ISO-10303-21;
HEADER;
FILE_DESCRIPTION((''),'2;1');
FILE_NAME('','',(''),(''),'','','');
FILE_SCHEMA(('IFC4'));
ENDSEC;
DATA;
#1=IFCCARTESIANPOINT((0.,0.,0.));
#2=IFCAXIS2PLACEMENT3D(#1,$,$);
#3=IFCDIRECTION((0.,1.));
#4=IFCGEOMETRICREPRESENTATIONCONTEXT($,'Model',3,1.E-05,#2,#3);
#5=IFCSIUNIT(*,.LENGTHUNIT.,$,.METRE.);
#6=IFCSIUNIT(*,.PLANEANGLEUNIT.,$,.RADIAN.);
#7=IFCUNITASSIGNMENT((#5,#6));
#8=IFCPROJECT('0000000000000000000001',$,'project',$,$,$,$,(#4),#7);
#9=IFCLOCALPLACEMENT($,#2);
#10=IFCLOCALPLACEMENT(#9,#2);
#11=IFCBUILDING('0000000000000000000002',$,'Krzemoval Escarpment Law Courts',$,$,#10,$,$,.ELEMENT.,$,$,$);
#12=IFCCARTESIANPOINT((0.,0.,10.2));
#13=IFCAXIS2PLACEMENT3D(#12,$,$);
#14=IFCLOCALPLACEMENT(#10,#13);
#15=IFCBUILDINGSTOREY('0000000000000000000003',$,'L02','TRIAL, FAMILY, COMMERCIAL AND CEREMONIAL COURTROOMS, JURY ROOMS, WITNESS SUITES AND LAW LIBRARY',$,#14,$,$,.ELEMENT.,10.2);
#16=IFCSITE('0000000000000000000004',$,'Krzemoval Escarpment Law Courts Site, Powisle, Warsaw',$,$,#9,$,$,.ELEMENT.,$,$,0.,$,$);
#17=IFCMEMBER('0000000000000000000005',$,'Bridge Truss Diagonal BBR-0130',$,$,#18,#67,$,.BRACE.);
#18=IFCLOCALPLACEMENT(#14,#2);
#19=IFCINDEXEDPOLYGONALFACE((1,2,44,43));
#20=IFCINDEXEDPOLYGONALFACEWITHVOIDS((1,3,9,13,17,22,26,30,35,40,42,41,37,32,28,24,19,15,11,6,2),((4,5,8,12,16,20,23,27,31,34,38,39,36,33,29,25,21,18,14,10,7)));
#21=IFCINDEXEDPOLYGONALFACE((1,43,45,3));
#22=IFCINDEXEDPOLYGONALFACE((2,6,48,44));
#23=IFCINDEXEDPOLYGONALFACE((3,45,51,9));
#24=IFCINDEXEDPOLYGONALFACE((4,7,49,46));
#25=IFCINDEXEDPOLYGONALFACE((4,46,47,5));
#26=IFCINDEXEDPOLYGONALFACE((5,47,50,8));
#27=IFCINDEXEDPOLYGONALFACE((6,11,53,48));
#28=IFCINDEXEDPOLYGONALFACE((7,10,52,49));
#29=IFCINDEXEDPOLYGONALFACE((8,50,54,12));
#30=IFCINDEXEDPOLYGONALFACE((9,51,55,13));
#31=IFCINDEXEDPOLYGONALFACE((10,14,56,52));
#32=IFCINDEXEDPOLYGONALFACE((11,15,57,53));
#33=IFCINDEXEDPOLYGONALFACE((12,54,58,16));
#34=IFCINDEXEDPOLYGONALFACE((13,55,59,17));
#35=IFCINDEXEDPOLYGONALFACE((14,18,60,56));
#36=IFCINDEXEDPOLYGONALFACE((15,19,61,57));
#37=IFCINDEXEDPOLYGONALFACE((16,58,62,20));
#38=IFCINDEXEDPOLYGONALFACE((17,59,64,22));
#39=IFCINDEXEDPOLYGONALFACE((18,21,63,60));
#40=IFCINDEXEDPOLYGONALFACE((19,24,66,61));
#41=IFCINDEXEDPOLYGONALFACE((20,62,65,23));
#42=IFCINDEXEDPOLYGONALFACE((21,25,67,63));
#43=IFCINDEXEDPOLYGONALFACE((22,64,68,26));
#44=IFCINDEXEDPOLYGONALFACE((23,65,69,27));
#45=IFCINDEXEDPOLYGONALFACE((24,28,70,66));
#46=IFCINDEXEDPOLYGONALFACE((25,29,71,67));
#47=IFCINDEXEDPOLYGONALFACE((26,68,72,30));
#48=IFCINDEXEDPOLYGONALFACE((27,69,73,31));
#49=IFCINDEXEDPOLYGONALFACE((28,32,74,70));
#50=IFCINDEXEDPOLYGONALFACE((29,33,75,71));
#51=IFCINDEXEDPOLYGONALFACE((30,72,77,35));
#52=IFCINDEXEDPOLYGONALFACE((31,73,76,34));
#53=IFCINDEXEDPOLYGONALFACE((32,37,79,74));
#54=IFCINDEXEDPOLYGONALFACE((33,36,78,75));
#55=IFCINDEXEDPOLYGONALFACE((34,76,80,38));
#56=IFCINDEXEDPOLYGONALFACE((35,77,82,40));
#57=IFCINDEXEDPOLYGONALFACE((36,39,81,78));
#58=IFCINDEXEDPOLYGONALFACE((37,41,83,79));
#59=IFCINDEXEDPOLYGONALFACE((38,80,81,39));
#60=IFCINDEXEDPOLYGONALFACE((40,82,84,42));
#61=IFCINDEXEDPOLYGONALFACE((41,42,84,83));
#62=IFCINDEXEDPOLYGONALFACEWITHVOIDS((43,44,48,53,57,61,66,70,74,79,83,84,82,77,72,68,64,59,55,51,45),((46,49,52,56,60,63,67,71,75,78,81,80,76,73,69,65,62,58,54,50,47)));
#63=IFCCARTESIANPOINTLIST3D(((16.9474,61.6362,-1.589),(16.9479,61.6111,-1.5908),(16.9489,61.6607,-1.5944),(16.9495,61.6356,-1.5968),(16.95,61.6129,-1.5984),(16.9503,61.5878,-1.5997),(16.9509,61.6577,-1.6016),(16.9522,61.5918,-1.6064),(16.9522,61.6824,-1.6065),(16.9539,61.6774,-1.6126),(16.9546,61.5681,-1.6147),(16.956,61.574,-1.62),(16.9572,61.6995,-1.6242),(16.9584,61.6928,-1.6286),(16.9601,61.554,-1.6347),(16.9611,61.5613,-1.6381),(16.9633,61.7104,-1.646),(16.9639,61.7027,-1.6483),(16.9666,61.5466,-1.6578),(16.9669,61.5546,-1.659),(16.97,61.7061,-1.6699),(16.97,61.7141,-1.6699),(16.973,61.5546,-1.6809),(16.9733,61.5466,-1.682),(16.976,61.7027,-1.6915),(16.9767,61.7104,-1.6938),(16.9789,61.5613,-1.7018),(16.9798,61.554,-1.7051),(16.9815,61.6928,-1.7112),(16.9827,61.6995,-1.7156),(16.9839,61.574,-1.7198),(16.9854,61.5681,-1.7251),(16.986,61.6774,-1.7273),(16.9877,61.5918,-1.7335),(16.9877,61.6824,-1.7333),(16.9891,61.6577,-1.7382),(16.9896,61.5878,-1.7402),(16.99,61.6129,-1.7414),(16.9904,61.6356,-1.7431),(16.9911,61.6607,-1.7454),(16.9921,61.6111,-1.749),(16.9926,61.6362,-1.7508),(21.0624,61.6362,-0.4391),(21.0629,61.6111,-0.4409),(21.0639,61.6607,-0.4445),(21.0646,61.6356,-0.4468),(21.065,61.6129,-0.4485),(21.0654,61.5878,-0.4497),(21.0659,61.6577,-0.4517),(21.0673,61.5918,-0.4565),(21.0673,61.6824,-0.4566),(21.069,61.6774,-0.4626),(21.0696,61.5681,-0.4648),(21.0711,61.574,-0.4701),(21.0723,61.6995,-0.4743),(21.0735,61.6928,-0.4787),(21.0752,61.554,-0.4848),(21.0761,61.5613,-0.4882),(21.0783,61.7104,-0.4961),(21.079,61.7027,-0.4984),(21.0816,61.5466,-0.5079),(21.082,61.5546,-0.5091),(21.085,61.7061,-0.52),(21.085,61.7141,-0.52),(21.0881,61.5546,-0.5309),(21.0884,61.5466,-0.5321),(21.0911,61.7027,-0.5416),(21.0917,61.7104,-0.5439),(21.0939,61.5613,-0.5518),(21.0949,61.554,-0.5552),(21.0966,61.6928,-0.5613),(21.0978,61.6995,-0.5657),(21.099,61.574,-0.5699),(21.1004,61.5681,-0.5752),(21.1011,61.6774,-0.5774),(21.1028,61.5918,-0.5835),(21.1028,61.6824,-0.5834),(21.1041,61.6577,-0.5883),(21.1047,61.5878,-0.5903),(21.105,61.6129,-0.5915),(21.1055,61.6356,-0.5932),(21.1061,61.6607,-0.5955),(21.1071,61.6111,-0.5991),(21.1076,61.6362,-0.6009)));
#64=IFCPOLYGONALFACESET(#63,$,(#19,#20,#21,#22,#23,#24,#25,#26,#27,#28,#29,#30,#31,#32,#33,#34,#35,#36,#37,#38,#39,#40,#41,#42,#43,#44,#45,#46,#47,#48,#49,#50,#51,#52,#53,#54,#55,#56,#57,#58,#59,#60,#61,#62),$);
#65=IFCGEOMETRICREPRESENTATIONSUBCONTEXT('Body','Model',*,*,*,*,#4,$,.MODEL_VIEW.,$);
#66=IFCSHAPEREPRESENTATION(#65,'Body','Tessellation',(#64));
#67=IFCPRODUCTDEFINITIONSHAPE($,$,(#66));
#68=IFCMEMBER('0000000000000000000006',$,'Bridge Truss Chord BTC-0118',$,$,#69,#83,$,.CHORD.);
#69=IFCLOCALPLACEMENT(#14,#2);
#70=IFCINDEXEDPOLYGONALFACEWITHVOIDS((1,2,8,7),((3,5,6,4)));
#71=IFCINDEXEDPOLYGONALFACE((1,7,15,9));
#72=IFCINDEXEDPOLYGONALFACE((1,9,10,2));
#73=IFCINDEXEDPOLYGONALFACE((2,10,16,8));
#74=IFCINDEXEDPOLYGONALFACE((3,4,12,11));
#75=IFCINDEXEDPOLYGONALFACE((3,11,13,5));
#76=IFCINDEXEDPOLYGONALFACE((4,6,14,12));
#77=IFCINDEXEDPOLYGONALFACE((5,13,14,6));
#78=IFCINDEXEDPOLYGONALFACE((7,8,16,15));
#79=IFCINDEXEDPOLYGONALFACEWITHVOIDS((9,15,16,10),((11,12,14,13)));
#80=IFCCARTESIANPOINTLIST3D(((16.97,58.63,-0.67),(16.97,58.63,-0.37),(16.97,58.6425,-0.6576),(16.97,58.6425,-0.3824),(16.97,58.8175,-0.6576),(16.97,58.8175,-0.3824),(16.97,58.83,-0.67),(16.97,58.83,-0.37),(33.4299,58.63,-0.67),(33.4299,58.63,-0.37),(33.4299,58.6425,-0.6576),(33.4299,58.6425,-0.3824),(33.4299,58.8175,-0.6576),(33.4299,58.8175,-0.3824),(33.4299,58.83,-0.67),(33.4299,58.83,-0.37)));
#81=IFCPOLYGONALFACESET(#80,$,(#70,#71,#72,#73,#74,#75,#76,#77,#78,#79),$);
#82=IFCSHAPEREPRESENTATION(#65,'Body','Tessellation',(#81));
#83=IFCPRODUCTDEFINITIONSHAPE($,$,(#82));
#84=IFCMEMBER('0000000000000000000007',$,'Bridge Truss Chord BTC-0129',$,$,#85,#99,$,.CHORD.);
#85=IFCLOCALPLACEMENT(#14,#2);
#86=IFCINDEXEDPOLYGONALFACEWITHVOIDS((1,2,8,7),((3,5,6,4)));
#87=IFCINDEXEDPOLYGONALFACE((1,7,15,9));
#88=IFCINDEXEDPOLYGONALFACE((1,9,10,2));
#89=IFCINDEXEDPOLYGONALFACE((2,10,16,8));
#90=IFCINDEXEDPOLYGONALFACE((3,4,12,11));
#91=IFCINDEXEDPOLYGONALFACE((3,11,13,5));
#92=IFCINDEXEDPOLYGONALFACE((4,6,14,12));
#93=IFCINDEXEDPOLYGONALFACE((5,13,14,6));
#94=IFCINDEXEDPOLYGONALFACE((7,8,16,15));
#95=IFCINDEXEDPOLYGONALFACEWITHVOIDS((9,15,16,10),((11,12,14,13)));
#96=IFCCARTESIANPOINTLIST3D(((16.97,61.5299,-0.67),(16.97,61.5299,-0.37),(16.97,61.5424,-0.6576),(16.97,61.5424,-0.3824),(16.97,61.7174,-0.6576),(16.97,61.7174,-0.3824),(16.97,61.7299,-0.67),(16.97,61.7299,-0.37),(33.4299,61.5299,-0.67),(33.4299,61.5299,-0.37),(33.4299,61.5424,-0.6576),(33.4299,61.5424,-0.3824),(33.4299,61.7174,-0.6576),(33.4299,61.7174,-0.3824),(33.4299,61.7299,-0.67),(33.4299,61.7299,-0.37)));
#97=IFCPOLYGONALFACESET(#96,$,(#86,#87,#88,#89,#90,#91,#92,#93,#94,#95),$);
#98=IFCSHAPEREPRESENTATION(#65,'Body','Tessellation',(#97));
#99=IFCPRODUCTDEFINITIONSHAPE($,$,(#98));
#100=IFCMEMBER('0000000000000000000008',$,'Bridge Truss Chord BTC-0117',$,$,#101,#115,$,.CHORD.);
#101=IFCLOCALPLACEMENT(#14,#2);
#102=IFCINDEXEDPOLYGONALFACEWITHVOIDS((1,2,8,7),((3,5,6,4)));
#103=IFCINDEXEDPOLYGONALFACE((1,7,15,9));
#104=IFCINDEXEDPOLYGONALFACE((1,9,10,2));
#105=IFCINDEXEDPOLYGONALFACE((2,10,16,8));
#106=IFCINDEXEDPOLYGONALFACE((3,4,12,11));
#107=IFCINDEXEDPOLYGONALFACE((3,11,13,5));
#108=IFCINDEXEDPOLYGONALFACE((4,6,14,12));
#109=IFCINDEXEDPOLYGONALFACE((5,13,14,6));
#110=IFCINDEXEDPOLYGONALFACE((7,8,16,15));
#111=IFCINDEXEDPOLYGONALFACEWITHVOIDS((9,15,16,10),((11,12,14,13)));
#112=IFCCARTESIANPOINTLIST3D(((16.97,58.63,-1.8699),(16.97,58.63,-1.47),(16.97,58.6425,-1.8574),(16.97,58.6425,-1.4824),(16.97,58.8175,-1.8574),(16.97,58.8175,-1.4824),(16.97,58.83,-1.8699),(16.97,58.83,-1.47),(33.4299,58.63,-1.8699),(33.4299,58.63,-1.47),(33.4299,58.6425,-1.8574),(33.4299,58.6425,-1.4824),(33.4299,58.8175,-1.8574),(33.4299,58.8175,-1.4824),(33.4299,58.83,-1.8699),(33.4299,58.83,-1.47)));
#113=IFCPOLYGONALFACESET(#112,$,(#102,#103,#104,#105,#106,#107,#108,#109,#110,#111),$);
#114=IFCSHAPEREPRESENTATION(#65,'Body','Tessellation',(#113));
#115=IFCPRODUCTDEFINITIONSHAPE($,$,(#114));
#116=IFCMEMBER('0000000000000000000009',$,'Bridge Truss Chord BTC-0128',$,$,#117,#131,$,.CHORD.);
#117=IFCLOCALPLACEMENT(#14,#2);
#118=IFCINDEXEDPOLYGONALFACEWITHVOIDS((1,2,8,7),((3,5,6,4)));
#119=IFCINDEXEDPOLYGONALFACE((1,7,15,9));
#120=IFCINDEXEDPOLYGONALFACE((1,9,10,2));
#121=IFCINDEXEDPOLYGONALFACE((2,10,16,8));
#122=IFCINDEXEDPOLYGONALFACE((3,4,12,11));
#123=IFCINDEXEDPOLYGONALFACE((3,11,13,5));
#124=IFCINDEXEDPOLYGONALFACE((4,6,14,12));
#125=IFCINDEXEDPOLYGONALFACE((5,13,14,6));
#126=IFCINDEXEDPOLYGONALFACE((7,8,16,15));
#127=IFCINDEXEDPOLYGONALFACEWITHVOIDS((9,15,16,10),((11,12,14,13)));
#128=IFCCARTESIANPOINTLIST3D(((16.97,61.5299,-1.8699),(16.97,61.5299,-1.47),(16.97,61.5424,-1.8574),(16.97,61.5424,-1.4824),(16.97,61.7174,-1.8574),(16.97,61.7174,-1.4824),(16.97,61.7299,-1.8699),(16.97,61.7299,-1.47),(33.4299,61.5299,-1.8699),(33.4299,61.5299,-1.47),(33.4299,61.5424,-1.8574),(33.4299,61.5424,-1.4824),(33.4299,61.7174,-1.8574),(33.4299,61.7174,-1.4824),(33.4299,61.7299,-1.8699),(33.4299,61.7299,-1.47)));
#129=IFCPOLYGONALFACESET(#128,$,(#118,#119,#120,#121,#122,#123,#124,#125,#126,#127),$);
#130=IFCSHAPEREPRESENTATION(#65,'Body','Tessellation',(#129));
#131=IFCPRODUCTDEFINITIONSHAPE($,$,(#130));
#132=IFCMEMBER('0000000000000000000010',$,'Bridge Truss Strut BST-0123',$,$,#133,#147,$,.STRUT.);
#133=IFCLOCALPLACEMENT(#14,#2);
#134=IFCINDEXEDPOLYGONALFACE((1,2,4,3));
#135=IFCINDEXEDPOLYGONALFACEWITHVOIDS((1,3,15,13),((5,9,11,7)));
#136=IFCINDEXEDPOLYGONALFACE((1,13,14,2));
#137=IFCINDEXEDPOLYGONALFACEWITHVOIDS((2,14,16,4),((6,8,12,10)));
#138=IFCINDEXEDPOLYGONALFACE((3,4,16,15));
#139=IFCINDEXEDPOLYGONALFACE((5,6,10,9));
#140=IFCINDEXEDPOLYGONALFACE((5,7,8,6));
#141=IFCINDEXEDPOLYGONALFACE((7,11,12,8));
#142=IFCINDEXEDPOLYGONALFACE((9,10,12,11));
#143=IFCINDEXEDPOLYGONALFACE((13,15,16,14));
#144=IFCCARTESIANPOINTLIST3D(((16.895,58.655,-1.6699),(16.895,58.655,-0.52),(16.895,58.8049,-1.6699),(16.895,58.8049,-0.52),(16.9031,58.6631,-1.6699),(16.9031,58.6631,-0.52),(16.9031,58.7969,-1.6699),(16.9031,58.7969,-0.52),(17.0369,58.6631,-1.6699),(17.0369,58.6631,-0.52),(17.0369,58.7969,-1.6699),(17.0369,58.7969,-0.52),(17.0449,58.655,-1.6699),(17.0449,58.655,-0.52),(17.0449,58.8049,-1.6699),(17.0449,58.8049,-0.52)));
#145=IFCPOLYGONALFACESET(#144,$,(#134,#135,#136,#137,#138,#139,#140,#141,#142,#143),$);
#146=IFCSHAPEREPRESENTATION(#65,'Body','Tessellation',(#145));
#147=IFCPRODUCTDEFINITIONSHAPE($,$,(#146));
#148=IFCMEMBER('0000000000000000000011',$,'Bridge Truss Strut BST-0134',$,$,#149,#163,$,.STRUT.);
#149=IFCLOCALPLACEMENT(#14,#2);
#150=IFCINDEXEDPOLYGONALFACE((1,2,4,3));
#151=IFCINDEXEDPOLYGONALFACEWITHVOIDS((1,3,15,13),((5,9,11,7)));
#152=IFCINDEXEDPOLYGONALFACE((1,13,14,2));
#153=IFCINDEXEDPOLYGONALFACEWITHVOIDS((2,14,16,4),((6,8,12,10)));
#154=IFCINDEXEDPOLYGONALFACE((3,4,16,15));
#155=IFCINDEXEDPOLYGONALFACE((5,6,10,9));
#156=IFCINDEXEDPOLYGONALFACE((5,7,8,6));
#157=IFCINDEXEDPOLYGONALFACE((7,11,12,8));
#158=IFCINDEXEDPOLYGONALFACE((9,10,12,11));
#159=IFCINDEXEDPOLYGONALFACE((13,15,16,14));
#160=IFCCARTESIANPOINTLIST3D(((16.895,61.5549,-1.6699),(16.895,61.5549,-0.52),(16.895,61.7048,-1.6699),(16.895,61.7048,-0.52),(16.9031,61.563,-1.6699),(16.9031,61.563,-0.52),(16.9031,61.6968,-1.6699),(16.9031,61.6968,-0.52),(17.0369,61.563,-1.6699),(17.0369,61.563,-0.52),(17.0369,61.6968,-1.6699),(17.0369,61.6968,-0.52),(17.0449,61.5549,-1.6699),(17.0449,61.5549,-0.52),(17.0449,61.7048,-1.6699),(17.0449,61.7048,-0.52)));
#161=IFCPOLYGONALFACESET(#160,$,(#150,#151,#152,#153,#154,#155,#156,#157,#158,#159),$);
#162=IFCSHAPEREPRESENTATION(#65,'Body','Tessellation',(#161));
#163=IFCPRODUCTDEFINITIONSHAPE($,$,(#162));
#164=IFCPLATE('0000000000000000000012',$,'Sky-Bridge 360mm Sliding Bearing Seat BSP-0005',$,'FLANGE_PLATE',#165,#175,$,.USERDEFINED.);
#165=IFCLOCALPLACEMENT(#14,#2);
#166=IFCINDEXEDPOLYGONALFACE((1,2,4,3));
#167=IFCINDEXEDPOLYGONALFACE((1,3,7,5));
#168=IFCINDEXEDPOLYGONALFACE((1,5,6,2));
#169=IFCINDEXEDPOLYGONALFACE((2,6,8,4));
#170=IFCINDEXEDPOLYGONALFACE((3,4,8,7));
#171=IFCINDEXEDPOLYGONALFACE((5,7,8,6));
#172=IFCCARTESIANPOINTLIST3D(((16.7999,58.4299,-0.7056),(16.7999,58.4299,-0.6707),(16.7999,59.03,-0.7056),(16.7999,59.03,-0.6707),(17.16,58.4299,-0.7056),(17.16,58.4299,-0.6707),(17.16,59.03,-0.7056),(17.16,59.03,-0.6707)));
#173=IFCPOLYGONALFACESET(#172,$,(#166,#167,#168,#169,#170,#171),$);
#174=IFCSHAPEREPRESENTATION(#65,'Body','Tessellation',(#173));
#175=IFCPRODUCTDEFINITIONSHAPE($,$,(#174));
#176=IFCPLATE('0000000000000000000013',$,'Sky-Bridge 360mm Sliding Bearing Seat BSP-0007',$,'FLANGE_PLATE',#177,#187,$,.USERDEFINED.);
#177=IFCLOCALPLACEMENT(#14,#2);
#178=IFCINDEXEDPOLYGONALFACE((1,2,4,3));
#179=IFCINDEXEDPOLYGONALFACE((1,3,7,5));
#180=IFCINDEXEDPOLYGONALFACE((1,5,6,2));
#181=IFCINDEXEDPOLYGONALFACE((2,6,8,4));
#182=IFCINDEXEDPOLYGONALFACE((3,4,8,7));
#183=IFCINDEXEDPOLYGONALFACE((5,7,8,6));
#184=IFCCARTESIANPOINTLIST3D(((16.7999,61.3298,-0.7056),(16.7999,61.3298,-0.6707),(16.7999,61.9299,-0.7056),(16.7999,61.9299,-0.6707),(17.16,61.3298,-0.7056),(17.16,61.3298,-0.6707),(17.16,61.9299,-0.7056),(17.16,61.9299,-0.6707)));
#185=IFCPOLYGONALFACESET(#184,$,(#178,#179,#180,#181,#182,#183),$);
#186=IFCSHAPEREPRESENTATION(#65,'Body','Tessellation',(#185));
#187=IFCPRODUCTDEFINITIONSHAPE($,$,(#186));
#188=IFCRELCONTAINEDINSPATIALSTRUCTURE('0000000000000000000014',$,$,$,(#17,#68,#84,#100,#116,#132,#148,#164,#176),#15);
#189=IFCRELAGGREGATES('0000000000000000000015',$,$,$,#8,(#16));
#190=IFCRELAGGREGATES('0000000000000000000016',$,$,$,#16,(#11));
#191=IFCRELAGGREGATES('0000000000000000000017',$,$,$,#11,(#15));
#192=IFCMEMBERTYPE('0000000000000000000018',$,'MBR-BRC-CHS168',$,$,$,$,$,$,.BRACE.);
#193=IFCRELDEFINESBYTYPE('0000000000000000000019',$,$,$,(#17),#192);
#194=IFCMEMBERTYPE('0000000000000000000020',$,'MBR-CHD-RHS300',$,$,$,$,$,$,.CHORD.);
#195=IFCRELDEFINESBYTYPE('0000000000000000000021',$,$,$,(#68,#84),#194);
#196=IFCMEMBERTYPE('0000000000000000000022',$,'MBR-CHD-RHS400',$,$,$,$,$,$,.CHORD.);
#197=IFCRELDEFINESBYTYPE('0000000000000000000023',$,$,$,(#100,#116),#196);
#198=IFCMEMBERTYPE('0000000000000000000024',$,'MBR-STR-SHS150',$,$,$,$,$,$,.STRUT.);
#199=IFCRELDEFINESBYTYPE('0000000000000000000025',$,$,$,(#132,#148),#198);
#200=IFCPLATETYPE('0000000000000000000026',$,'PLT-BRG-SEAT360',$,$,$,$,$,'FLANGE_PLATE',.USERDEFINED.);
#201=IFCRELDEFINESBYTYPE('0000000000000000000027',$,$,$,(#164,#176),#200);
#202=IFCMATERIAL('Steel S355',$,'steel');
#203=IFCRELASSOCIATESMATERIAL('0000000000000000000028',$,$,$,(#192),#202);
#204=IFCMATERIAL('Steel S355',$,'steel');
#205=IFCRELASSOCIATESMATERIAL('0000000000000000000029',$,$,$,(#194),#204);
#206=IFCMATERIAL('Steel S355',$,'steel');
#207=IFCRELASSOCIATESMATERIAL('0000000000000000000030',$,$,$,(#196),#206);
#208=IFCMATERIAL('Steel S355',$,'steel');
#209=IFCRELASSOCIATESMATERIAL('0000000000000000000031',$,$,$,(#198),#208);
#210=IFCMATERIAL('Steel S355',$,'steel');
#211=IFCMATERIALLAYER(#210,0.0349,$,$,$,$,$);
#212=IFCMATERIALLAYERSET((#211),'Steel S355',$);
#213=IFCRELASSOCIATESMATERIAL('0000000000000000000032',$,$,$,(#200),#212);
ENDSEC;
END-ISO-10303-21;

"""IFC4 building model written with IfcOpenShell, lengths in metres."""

from ifc_helpers import new_model, si_unit, direction, frame, origin, origin_2d, place, context, subcontext, project, spatial, rectangle, hollow_rectangle, hollow_circle, extrude, material, layer, layer_set, material_profile, profile_set, type_object, element, save


model = new_model("IFC4")

# Units and contexts
model_context = context("Model", 3, precision=1e-05, world=origin(), true_north=direction((0.0, 1.0)))
body_context = subcontext(model_context, "Body", "Model", "MODEL_VIEW")
ifc_project = project(units=[si_unit("LENGTHUNIT", "METRE"), si_unit("PLANEANGLEUNIT", "RADIAN")], contexts=[model_context])

# Site, building, storey
site_placement = place(None, origin())
site = spatial("IfcSite", under=ifc_project, at=site_placement, Name="Krzemoval Escarpment Law Courts Site, Powisle, Warsaw", CompositionType="ELEMENT", RefElevation=0.0)
building_placement = place(site_placement, origin())
building = spatial("IfcBuilding", under=site, at=building_placement, Name="Krzemoval Escarpment Law Courts", CompositionType="ELEMENT")
storey_placement = place(building_placement, frame((0.0, 0.0, 10.2)))
storey = spatial("IfcBuildingStorey", under=building, at=storey_placement, Name="L02", Description="TRIAL, FAMILY, COMMERCIAL AND CEREMONIAL COURTROOMS, JURY ROOMS, WITNESS SUITES AND LAW LIBRARY", CompositionType="ELEMENT", Elevation=10.2)

# Members
ifc_material_1 = material(Name="Steel S355", Category="steel")
ifc_material_profile_1 = material_profile(ifc_material_1, hollow_circle(Radius=0.0842, WallThickness=0.0081, at=origin_2d()), Name="CHS 168.3x8")
ifc_profile_set_1 = profile_set([ifc_material_profile_1], Name="Steel S355")
member_type_1 = type_object("IfcMemberType", Name="MBR-BRC-CHS168", PredefinedType="BRACE", material=ifc_profile_set_1)
for number, where, z_axis, x_axis, name in (
    (1, (16.97, 61.6299, -1.6699), (0.963103, 0.0, 0.269132), (0.0, 1.0, 0.0), "Bridge Truss Diagonal BBR-0130"),
):
    element("IfcMember", number, at=place(storey_placement, frame(where, z_axis=z_axis, x_axis=x_axis)), inside=storey, type_object=member_type_1, Name=name, PredefinedType="BRACE", context=body_context, shape_type="SweptSolid", body=[
        extrude(hollow_circle(Radius=0.0842, WallThickness=0.0081, at=origin_2d()), origin(), (0.0, 0.0, 1.0), 4.2727),
    ])
ifc_material_2 = material(Name="Steel S355", Category="steel")
ifc_material_profile_2 = material_profile(ifc_material_2, hollow_rectangle(XDim=0.2, YDim=0.3, WallThickness=0.0125, at=origin_2d()), Name="RHS 300x200x12.5")
ifc_profile_set_2 = profile_set([ifc_material_profile_2], Name="Steel S355")
member_type_2 = type_object("IfcMemberType", Name="MBR-CHD-RHS300", PredefinedType="CHORD", material=ifc_profile_set_2)
for number, where, z_axis, x_axis, name in (
    (2, (16.97, 58.73, -0.52), (1.0, 0.0, 0.0), (0.0, 1.0, 0.0), "Bridge Truss Chord BTC-0118"),
    (3, (16.97, 61.6299, -0.52), (1.0, 0.0, 0.0), (0.0, 1.0, 0.0), "Bridge Truss Chord BTC-0129"),
):
    element("IfcMember", number, at=place(storey_placement, frame(where, z_axis=z_axis, x_axis=x_axis)), inside=storey, type_object=member_type_2, Name=name, PredefinedType="CHORD", context=body_context, shape_type="SweptSolid", body=[
        extrude(hollow_rectangle(XDim=0.2, YDim=0.3, WallThickness=0.0125, at=origin_2d()), origin(), (0.0, 0.0, 1.0), 16.46),
    ])
ifc_material_3 = material(Name="Steel S355", Category="steel")
ifc_material_profile_3 = material_profile(ifc_material_3, hollow_rectangle(XDim=0.2, YDim=0.3999, WallThickness=0.0125, at=origin_2d()), Name="RHS 400x200x12.5")
ifc_profile_set_3 = profile_set([ifc_material_profile_3], Name="Steel S355")
member_type_3 = type_object("IfcMemberType", Name="MBR-CHD-RHS400", PredefinedType="CHORD", material=ifc_profile_set_3)
for number, where, z_axis, x_axis, name in (
    (4, (16.97, 58.73, -1.6699), (1.0, 0.0, 0.0), (0.0, 1.0, 0.0), "Bridge Truss Chord BTC-0117"),
    (5, (16.97, 61.6299, -1.6699), (1.0, 0.0, 0.0), (0.0, 1.0, 0.0), "Bridge Truss Chord BTC-0128"),
):
    element("IfcMember", number, at=place(storey_placement, frame(where, z_axis=z_axis, x_axis=x_axis)), inside=storey, type_object=member_type_3, Name=name, PredefinedType="CHORD", context=body_context, shape_type="SweptSolid", body=[
        extrude(hollow_rectangle(XDim=0.2, YDim=0.3999, WallThickness=0.0125, at=origin_2d()), origin(), (0.0, 0.0, 1.0), 16.46),
    ])
ifc_material_4 = material(Name="Steel S355", Category="steel")
ifc_material_profile_4 = material_profile(ifc_material_4, hollow_rectangle(XDim=0.1499, YDim=0.1499, WallThickness=0.0081, at=origin_2d()), Name="SHS 150x150x8")
ifc_profile_set_4 = profile_set([ifc_material_profile_4], Name="Steel S355")
member_type_4 = type_object("IfcMemberType", Name="MBR-STR-SHS150", PredefinedType="STRUT", material=ifc_profile_set_4)
for number, where, z_axis, x_axis, name in (
    (6, (16.97, 58.73, -1.6699), (0.0, 0.0, 1.0), (1.0, 0.0, 0.0), "Bridge Truss Strut BST-0123"),
    (7, (16.97, 61.6299, -1.6699), (0.0, 0.0, 1.0), (1.0, 0.0, 0.0), "Bridge Truss Strut BST-0134"),
):
    element("IfcMember", number, at=place(storey_placement, frame(where, z_axis=z_axis, x_axis=x_axis)), inside=storey, type_object=member_type_4, Name=name, PredefinedType="STRUT", context=body_context, shape_type="SweptSolid", body=[
        extrude(hollow_rectangle(XDim=0.1499, YDim=0.1499, WallThickness=0.0081, at=origin_2d()), origin(), (0.0, 0.0, 1.0), 1.1499),
    ])

# Plates
ifc_material_5 = material(Name="Steel S355", Category="steel")
ifc_layer_1 = layer(ifc_material_5, 0.0349)
ifc_layer_set_1 = layer_set([ifc_layer_1], Name="Steel S355")
plate_type_1 = type_object("IfcPlateType", Name="PLT-BRG-SEAT360", ElementType="FLANGE_PLATE", PredefinedType="USERDEFINED", material=ifc_layer_set_1)
for number, where, z_axis, x_axis, name in (
    (8, (16.98, 58.73, -0.7056), (0.0, 0.0, 1.0), (1.0, 0.0, 0.0), "Sky-Bridge 360mm Sliding Bearing Seat BSP-0005"),
    (9, (16.98, 61.6299, -0.7056), (0.0, 0.0, 1.0), (1.0, 0.0, 0.0), "Sky-Bridge 360mm Sliding Bearing Seat BSP-0007"),
):
    element("IfcPlate", number, at=place(storey_placement, frame(where, z_axis=z_axis, x_axis=x_axis)), inside=storey, type_object=plate_type_1, Name=name, ObjectType="FLANGE_PLATE", PredefinedType="USERDEFINED", context=body_context, shape_type="SweptSolid", body=[
        extrude(rectangle(XDim=0.3601, YDim=0.6001, at=origin_2d()), origin(), (0.0, 0.0, 1.0), 0.0349),
    ])

save(model, "model.ifc")
